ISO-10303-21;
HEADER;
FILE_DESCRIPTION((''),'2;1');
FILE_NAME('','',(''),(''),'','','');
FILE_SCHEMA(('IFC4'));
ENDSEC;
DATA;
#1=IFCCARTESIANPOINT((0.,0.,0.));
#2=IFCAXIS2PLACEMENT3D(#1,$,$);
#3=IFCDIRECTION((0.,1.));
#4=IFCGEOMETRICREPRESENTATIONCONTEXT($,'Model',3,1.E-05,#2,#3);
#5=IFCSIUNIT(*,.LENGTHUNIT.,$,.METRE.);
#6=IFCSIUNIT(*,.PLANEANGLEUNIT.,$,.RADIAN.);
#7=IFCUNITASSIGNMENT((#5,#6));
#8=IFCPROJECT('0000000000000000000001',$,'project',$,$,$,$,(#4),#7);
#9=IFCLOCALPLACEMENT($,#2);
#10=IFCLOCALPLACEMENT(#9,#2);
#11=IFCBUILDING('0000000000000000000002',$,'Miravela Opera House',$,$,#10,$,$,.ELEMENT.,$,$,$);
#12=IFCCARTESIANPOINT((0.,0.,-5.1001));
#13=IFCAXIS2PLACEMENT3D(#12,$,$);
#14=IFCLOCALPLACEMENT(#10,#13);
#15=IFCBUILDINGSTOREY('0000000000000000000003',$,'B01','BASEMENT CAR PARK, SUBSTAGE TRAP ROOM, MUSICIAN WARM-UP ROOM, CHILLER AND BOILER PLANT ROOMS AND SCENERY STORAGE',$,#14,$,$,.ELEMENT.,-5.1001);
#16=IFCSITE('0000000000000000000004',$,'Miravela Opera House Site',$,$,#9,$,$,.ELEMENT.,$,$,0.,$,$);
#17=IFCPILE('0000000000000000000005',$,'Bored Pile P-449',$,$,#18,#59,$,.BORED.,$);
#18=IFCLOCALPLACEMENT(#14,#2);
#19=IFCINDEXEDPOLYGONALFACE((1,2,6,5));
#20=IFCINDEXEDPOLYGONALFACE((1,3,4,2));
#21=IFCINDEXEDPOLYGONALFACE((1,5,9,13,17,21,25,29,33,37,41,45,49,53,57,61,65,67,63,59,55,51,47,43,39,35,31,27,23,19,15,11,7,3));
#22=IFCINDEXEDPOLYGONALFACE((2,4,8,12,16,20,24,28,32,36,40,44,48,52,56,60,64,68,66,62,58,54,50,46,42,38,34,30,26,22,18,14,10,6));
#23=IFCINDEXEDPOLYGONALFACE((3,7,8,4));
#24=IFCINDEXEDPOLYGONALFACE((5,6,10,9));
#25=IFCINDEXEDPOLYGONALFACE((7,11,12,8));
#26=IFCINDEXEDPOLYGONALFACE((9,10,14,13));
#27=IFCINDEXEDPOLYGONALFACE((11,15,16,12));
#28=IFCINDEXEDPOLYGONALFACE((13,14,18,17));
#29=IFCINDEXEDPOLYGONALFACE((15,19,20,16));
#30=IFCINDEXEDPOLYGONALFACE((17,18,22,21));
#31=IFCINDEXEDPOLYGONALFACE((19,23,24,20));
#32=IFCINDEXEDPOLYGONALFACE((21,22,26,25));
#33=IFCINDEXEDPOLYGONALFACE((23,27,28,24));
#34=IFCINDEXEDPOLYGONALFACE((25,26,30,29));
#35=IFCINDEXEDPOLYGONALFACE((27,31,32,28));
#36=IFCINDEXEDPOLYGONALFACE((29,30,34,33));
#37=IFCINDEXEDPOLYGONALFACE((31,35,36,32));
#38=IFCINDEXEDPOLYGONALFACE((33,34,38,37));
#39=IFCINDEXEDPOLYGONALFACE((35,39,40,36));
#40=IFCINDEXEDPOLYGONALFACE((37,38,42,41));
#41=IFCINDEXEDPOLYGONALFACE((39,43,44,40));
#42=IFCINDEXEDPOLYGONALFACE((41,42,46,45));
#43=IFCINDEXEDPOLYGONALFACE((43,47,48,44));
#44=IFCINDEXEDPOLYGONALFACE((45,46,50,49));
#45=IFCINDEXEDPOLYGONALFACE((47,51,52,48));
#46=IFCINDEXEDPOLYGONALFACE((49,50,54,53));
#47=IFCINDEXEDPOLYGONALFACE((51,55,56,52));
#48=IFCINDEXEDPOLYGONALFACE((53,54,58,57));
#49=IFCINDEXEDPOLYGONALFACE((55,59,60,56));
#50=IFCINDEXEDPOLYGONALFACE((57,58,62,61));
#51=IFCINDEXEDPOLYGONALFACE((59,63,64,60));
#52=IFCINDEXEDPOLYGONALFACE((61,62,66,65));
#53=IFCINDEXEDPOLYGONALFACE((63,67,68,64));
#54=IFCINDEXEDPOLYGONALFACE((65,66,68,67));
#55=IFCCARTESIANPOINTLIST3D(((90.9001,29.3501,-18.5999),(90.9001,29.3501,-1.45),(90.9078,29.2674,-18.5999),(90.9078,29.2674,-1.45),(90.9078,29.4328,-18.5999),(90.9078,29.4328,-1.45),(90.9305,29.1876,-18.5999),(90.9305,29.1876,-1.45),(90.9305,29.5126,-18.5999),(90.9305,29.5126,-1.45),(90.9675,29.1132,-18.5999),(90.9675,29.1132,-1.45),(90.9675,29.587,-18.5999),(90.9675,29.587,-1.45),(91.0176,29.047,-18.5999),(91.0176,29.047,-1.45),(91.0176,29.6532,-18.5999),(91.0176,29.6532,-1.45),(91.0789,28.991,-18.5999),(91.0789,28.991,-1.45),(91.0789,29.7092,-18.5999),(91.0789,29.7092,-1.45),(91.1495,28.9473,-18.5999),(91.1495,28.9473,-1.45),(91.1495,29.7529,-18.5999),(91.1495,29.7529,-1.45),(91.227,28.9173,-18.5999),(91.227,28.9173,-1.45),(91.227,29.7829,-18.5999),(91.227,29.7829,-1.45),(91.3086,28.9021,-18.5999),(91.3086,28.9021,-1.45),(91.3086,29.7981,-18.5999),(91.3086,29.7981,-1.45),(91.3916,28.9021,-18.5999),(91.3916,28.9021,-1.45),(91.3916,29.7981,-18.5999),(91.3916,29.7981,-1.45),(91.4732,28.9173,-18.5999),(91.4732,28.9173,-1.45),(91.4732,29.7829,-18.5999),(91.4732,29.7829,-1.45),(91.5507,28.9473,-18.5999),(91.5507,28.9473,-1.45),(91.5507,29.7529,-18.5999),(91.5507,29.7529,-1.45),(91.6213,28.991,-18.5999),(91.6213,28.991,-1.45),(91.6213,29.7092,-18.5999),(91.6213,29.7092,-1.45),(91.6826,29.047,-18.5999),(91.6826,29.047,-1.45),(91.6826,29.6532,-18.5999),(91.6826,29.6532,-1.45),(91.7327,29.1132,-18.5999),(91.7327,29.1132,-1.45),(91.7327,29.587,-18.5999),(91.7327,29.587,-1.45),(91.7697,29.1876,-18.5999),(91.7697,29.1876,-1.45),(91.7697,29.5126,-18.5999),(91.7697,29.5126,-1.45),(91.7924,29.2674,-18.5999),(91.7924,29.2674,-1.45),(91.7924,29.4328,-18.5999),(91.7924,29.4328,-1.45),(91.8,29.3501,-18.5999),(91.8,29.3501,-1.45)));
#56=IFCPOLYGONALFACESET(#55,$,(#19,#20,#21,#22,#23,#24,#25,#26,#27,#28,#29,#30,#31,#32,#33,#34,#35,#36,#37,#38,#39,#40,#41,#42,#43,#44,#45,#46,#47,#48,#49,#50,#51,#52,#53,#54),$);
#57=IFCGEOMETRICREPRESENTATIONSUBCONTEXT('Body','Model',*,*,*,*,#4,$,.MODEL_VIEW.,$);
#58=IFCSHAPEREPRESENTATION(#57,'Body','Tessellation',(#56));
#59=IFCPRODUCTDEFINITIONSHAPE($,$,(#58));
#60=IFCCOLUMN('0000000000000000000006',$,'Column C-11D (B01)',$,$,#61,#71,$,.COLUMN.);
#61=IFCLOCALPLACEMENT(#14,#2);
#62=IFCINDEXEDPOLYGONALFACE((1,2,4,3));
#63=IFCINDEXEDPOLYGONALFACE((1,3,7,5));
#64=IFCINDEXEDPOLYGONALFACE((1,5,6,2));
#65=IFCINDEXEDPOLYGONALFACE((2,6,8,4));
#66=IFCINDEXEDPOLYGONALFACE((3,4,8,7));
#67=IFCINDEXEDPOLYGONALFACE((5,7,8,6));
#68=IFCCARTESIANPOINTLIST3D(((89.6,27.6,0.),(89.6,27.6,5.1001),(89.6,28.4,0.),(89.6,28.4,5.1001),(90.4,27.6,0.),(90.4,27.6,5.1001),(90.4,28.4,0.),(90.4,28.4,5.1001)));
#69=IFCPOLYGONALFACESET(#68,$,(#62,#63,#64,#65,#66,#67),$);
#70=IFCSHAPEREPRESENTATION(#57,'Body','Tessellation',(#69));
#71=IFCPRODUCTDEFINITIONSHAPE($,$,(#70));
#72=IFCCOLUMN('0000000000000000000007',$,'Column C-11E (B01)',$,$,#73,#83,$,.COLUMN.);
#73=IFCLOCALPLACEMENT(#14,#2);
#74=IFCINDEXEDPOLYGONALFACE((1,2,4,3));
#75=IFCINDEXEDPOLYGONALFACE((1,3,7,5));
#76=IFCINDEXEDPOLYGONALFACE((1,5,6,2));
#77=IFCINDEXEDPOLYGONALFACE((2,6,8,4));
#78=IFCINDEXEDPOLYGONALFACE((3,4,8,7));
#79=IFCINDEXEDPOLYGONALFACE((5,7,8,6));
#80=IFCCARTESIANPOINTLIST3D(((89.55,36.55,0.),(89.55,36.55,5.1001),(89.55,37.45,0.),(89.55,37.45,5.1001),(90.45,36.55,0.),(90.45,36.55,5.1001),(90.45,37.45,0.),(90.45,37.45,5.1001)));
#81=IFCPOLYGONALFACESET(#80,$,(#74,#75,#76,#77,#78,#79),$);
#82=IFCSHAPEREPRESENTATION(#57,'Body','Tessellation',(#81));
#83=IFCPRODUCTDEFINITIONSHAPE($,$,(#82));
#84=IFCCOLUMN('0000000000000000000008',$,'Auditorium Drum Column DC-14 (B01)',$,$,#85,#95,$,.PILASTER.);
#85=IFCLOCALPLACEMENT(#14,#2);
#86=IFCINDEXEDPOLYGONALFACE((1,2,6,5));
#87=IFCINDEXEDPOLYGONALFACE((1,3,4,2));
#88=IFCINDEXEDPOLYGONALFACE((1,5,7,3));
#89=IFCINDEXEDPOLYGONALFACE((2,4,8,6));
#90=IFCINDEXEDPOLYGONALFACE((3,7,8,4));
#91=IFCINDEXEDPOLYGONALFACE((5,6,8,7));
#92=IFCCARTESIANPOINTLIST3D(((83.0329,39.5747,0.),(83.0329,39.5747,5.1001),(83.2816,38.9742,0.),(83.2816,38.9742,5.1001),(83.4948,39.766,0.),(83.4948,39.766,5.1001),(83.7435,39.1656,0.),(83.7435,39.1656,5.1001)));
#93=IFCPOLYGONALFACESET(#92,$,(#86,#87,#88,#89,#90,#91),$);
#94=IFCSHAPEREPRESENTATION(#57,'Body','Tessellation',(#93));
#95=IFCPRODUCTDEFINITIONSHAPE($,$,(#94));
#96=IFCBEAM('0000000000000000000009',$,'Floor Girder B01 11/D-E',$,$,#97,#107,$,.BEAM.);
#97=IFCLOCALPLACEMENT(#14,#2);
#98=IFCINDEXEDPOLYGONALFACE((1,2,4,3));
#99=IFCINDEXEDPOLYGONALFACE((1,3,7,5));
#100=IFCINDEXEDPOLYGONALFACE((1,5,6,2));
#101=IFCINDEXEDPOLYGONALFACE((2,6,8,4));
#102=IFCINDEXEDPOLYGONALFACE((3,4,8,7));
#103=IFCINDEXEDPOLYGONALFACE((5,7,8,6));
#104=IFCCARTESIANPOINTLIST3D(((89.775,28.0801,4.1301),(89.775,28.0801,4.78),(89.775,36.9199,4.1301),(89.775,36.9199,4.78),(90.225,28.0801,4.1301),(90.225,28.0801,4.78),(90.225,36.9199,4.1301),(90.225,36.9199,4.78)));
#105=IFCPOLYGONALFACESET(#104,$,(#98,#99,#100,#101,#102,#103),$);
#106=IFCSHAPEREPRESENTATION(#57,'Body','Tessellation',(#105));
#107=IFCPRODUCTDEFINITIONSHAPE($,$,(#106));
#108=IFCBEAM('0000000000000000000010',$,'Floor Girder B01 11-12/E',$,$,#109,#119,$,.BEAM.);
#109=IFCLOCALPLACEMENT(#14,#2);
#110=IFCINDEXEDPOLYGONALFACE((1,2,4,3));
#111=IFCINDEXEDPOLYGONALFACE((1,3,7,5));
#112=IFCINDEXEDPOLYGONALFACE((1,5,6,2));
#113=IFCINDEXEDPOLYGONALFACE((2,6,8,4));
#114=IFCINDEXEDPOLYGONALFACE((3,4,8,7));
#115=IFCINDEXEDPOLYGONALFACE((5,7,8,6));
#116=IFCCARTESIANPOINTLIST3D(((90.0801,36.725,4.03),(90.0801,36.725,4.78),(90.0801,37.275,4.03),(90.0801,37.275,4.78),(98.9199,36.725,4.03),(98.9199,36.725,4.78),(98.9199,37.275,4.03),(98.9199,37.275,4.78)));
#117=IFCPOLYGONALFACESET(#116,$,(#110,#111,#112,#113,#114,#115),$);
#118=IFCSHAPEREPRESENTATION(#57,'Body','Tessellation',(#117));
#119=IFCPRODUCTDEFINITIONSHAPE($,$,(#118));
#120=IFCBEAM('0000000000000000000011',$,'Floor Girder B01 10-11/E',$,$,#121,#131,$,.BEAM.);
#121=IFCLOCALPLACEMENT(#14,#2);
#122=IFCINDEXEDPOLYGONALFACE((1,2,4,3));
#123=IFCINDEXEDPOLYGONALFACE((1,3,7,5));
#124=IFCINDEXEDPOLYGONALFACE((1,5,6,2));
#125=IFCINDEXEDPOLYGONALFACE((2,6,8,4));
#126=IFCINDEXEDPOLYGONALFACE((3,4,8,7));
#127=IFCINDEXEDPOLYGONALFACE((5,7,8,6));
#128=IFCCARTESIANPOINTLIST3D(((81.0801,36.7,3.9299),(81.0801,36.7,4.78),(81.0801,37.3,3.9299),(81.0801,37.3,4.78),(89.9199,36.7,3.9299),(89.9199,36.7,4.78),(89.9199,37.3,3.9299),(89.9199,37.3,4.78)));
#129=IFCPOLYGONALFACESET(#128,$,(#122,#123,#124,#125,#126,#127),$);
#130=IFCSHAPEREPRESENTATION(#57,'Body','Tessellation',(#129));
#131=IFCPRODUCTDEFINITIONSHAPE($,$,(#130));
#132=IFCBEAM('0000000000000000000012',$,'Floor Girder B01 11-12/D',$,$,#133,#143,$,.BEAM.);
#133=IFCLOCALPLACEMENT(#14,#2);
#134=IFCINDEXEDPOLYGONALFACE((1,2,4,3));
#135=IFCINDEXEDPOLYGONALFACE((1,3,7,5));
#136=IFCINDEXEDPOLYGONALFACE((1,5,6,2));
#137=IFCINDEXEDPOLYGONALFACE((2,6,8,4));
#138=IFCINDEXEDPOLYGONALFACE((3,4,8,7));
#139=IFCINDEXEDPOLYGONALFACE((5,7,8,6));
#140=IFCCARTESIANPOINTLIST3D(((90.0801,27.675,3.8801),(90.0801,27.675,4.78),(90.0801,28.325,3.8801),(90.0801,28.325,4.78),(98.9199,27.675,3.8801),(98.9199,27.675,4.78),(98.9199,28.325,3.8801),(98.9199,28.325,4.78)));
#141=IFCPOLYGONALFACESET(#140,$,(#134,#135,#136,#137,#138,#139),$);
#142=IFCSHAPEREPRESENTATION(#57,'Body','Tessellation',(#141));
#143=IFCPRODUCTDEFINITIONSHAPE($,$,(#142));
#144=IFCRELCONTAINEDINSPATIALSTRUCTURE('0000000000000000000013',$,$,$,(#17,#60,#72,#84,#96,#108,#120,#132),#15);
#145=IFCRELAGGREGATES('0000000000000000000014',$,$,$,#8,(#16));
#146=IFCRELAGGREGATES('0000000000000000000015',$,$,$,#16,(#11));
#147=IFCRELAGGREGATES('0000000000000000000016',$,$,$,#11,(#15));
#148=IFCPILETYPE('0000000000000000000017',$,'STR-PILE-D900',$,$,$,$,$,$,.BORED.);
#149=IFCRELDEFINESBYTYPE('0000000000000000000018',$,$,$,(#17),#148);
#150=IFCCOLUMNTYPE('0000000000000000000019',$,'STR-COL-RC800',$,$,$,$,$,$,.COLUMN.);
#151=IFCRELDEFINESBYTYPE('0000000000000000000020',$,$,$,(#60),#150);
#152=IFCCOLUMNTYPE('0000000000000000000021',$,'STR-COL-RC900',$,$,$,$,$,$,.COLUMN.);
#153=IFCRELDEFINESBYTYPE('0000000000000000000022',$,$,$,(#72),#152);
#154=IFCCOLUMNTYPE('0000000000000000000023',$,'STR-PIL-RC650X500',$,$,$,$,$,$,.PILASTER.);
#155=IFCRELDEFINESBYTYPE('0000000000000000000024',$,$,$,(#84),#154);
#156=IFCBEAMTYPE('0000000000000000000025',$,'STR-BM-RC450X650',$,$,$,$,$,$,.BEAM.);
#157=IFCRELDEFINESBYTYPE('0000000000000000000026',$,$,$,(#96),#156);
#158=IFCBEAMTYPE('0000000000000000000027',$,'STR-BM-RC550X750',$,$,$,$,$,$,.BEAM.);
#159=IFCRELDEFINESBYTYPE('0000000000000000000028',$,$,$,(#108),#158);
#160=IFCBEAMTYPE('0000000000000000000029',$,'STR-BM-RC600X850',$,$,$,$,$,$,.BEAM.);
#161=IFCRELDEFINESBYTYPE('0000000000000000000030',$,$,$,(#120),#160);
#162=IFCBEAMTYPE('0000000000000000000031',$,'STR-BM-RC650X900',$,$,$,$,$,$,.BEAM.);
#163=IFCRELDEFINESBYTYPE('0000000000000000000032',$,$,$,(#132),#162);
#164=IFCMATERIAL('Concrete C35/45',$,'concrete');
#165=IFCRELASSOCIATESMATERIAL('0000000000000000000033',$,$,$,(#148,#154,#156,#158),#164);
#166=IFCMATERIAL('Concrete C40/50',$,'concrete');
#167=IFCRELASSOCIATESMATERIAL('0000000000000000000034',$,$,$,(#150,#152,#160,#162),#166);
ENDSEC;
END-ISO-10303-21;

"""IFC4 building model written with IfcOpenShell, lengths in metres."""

from ifc_helpers import new_model, si_unit, direction, frame, origin, origin_2d, place, context, subcontext, project, spatial, rectangle, circle, extrude, material, material_profile, profile_set, type_object, element, save


model = new_model("IFC4")

# Units and contexts
model_context = context("Model", 3, precision=1e-05, world=origin(), true_north=direction((0.0, 1.0)))
body_context = subcontext(model_context, "Body", "Model", "MODEL_VIEW")
ifc_project = project(units=[si_unit("LENGTHUNIT", "METRE"), si_unit("PLANEANGLEUNIT", "RADIAN")], contexts=[model_context])

# Site, building, storey
site_placement = place(None, origin())
site = spatial("IfcSite", under=ifc_project, at=site_placement, Name="Miravela Opera House Site", CompositionType="ELEMENT", RefElevation=0.0)
building_placement = place(site_placement, origin())
building = spatial("IfcBuilding", under=site, at=building_placement, Name="Miravela Opera House", CompositionType="ELEMENT")
storey_placement = place(building_placement, frame((0.0, 0.0, -5.1001)))
storey = spatial("IfcBuildingStorey", under=building, at=storey_placement, Name="B01", Description="BASEMENT CAR PARK, SUBSTAGE TRAP ROOM, MUSICIAN WARM-UP ROOM, CHILLER AND BOILER PLANT ROOMS AND SCENERY STORAGE", CompositionType="ELEMENT", Elevation=-5.1001)

# Shared definitions
ifc_material_1 = material(Name="Concrete C35/45", Category="concrete")

# Pile
ifc_material_profile_1 = material_profile(ifc_material_1, circle(Radius=0.45, at=origin_2d()), Name="PILE-D900")
ifc_profile_set_1 = profile_set([ifc_material_profile_1])
pile_type_1 = type_object("IfcPileType", Name="STR-PILE-D900", PredefinedType="BORED", material=ifc_profile_set_1)
for number, where, z_axis, x_axis, name in (
    (1, (91.3501, 29.3501, -1.45), (0.0, 0.0, -1.0), (1.0, 0.0, 0.0), "Bored Pile P-449"),
):
    element("IfcPile", number, at=place(storey_placement, frame(where, z_axis=z_axis, x_axis=x_axis)), inside=storey, type_object=pile_type_1, Name=name, PredefinedType="BORED", context=body_context, shape_type="SweptSolid", body=[
        extrude(circle(Radius=0.45, at=origin_2d()), origin(), (0.0, 0.0, 1.0), 17.1499),
    ])

# Columns
ifc_material_2 = material(Name="Concrete C40/50", Category="concrete")
ifc_material_profile_2 = material_profile(ifc_material_2, rectangle(XDim=0.8, YDim=0.8, at=origin_2d()), Name="RC-COL-800X800")
ifc_profile_set_2 = profile_set([ifc_material_profile_2])
column_type_1 = type_object("IfcColumnType", Name="STR-COL-RC800", PredefinedType="COLUMN", material=ifc_profile_set_2)
column_1_placement = place(storey_placement, frame((90.0, 28.0, 0.0), z_axis=(0.0, 0.0, 1.0), x_axis=(1.0, 0.0, 0.0)))
element("IfcColumn", 2, at=column_1_placement, inside=storey, type_object=column_type_1, Name="Column C-11D (B01)", PredefinedType="COLUMN", context=body_context, shape_type="SweptSolid", body=[
    extrude(rectangle(XDim=0.8, YDim=0.8, at=origin_2d()), origin(), (0.0, 0.0, 1.0), 5.1001),
])
ifc_material_profile_3 = material_profile(ifc_material_2, rectangle(XDim=0.8999, YDim=0.8999, at=origin_2d()), Name="RC-COL-900X900")
ifc_profile_set_3 = profile_set([ifc_material_profile_3])
column_type_2 = type_object("IfcColumnType", Name="STR-COL-RC900", PredefinedType="COLUMN", material=ifc_profile_set_3)
column_2_placement = place(storey_placement, frame((90.0, 37.0, 0.0), z_axis=(0.0, 0.0, 1.0), x_axis=(1.0, 0.0, 0.0)))
element("IfcColumn", 3, at=column_2_placement, inside=storey, type_object=column_type_2, Name="Column C-11E (B01)", PredefinedType="COLUMN", context=body_context, shape_type="SweptSolid", body=[
    extrude(rectangle(XDim=0.8999, YDim=0.8999, at=origin_2d()), origin(), (0.0, 0.0, 1.0), 5.1001),
])
ifc_material_profile_4 = material_profile(ifc_material_1, rectangle(XDim=0.6499, YDim=0.5, at=origin_2d()), Name="RC-PIL-650X500")
ifc_profile_set_4 = profile_set([ifc_material_profile_4])
column_type_3 = type_object("IfcColumnType", Name="STR-PIL-RC650X500", PredefinedType="PILASTER", material=ifc_profile_set_4)
column_3_placement = place(storey_placement, frame((83.3882, 39.3701, 0.0), z_axis=(0.0, 0.0, 1.0), x_axis=(0.382683, -0.92388, 0.0)))
element("IfcColumn", 4, at=column_3_placement, inside=storey, type_object=column_type_3, Name="Auditorium Drum Column DC-14 (B01)", PredefinedType="PILASTER", context=body_context, shape_type="SweptSolid", body=[
    extrude(rectangle(XDim=0.6499, YDim=0.5, at=origin_2d()), origin(), (0.0, 0.0, 1.0), 5.1001),
])

# Beams
ifc_material_profile_5 = material_profile(ifc_material_1, rectangle(XDim=0.45, YDim=0.6499, at=origin_2d()), Name="RC-BM-450X650")
ifc_profile_set_5 = profile_set([ifc_material_profile_5])
beam_type_1 = type_object("IfcBeamType", Name="STR-BM-RC450X650", PredefinedType="BEAM", material=ifc_profile_set_5)
beam_1_placement = place(storey_placement, frame((90.0, 28.0801, 4.4551), z_axis=(0.0, 1.0, 0.0), x_axis=(-1.0, 0.0, 0.0)))
element("IfcBeam", 5, at=beam_1_placement, inside=storey, type_object=beam_type_1, Name="Floor Girder B01 11/D-E", PredefinedType="BEAM", context=body_context, shape_type="SweptSolid", body=[
    extrude(rectangle(XDim=0.45, YDim=0.6499, at=origin_2d()), origin(), (0.0, 0.0, 1.0), 8.8398),
])
ifc_material_profile_6 = material_profile(ifc_material_1, rectangle(XDim=0.55, YDim=0.75, at=origin_2d()), Name="RC-BM-550X750")
ifc_profile_set_6 = profile_set([ifc_material_profile_6])
beam_type_2 = type_object("IfcBeamType", Name="STR-BM-RC550X750", PredefinedType="BEAM", material=ifc_profile_set_6)
beam_2_placement = place(storey_placement, frame((90.0801, 37.0, 4.405), z_axis=(1.0, 0.0, 0.0), x_axis=(0.0, 1.0, 0.0)))
element("IfcBeam", 6, at=beam_2_placement, inside=storey, type_object=beam_type_2, Name="Floor Girder B01 11-12/E", PredefinedType="BEAM", context=body_context, shape_type="SweptSolid", body=[
    extrude(rectangle(XDim=0.55, YDim=0.75, at=origin_2d()), origin(), (0.0, 0.0, 1.0), 8.8398),
])
ifc_material_profile_7 = material_profile(ifc_material_2, rectangle(XDim=0.6001, YDim=0.8501, at=origin_2d()), Name="RC-BM-600X850")
ifc_profile_set_7 = profile_set([ifc_material_profile_7])
beam_type_3 = type_object("IfcBeamType", Name="STR-BM-RC600X850", PredefinedType="BEAM", material=ifc_profile_set_7)
beam_3_placement = place(storey_placement, frame((81.0801, 37.0, 4.355), z_axis=(1.0, 0.0, 0.0), x_axis=(0.0, 1.0, 0.0)))
element("IfcBeam", 7, at=beam_3_placement, inside=storey, type_object=beam_type_3, Name="Floor Girder B01 10-11/E", PredefinedType="BEAM", context=body_context, shape_type="SweptSolid", body=[
    extrude(rectangle(XDim=0.6001, YDim=0.8501, at=origin_2d()), origin(), (0.0, 0.0, 1.0), 8.8398),
])
ifc_material_profile_8 = material_profile(ifc_material_2, rectangle(XDim=0.6499, YDim=0.8999, at=origin_2d()), Name="RC-BM-650X900")
ifc_profile_set_8 = profile_set([ifc_material_profile_8])
beam_type_4 = type_object("IfcBeamType", Name="STR-BM-RC650X900", PredefinedType="BEAM", material=ifc_profile_set_8)
beam_4_placement = place(storey_placement, frame((90.0801, 28.0, 4.3301), z_axis=(1.0, 0.0, 0.0), x_axis=(0.0, 1.0, 0.0)))
element("IfcBeam", 8, at=beam_4_placement, inside=storey, type_object=beam_type_4, Name="Floor Girder B01 11-12/D", PredefinedType="BEAM", context=body_context, shape_type="SweptSolid", body=[
    extrude(rectangle(XDim=0.6499, YDim=0.8999, at=origin_2d()), origin(), (0.0, 0.0, 1.0), 8.8398),
])

save(model, "model.ifc")
